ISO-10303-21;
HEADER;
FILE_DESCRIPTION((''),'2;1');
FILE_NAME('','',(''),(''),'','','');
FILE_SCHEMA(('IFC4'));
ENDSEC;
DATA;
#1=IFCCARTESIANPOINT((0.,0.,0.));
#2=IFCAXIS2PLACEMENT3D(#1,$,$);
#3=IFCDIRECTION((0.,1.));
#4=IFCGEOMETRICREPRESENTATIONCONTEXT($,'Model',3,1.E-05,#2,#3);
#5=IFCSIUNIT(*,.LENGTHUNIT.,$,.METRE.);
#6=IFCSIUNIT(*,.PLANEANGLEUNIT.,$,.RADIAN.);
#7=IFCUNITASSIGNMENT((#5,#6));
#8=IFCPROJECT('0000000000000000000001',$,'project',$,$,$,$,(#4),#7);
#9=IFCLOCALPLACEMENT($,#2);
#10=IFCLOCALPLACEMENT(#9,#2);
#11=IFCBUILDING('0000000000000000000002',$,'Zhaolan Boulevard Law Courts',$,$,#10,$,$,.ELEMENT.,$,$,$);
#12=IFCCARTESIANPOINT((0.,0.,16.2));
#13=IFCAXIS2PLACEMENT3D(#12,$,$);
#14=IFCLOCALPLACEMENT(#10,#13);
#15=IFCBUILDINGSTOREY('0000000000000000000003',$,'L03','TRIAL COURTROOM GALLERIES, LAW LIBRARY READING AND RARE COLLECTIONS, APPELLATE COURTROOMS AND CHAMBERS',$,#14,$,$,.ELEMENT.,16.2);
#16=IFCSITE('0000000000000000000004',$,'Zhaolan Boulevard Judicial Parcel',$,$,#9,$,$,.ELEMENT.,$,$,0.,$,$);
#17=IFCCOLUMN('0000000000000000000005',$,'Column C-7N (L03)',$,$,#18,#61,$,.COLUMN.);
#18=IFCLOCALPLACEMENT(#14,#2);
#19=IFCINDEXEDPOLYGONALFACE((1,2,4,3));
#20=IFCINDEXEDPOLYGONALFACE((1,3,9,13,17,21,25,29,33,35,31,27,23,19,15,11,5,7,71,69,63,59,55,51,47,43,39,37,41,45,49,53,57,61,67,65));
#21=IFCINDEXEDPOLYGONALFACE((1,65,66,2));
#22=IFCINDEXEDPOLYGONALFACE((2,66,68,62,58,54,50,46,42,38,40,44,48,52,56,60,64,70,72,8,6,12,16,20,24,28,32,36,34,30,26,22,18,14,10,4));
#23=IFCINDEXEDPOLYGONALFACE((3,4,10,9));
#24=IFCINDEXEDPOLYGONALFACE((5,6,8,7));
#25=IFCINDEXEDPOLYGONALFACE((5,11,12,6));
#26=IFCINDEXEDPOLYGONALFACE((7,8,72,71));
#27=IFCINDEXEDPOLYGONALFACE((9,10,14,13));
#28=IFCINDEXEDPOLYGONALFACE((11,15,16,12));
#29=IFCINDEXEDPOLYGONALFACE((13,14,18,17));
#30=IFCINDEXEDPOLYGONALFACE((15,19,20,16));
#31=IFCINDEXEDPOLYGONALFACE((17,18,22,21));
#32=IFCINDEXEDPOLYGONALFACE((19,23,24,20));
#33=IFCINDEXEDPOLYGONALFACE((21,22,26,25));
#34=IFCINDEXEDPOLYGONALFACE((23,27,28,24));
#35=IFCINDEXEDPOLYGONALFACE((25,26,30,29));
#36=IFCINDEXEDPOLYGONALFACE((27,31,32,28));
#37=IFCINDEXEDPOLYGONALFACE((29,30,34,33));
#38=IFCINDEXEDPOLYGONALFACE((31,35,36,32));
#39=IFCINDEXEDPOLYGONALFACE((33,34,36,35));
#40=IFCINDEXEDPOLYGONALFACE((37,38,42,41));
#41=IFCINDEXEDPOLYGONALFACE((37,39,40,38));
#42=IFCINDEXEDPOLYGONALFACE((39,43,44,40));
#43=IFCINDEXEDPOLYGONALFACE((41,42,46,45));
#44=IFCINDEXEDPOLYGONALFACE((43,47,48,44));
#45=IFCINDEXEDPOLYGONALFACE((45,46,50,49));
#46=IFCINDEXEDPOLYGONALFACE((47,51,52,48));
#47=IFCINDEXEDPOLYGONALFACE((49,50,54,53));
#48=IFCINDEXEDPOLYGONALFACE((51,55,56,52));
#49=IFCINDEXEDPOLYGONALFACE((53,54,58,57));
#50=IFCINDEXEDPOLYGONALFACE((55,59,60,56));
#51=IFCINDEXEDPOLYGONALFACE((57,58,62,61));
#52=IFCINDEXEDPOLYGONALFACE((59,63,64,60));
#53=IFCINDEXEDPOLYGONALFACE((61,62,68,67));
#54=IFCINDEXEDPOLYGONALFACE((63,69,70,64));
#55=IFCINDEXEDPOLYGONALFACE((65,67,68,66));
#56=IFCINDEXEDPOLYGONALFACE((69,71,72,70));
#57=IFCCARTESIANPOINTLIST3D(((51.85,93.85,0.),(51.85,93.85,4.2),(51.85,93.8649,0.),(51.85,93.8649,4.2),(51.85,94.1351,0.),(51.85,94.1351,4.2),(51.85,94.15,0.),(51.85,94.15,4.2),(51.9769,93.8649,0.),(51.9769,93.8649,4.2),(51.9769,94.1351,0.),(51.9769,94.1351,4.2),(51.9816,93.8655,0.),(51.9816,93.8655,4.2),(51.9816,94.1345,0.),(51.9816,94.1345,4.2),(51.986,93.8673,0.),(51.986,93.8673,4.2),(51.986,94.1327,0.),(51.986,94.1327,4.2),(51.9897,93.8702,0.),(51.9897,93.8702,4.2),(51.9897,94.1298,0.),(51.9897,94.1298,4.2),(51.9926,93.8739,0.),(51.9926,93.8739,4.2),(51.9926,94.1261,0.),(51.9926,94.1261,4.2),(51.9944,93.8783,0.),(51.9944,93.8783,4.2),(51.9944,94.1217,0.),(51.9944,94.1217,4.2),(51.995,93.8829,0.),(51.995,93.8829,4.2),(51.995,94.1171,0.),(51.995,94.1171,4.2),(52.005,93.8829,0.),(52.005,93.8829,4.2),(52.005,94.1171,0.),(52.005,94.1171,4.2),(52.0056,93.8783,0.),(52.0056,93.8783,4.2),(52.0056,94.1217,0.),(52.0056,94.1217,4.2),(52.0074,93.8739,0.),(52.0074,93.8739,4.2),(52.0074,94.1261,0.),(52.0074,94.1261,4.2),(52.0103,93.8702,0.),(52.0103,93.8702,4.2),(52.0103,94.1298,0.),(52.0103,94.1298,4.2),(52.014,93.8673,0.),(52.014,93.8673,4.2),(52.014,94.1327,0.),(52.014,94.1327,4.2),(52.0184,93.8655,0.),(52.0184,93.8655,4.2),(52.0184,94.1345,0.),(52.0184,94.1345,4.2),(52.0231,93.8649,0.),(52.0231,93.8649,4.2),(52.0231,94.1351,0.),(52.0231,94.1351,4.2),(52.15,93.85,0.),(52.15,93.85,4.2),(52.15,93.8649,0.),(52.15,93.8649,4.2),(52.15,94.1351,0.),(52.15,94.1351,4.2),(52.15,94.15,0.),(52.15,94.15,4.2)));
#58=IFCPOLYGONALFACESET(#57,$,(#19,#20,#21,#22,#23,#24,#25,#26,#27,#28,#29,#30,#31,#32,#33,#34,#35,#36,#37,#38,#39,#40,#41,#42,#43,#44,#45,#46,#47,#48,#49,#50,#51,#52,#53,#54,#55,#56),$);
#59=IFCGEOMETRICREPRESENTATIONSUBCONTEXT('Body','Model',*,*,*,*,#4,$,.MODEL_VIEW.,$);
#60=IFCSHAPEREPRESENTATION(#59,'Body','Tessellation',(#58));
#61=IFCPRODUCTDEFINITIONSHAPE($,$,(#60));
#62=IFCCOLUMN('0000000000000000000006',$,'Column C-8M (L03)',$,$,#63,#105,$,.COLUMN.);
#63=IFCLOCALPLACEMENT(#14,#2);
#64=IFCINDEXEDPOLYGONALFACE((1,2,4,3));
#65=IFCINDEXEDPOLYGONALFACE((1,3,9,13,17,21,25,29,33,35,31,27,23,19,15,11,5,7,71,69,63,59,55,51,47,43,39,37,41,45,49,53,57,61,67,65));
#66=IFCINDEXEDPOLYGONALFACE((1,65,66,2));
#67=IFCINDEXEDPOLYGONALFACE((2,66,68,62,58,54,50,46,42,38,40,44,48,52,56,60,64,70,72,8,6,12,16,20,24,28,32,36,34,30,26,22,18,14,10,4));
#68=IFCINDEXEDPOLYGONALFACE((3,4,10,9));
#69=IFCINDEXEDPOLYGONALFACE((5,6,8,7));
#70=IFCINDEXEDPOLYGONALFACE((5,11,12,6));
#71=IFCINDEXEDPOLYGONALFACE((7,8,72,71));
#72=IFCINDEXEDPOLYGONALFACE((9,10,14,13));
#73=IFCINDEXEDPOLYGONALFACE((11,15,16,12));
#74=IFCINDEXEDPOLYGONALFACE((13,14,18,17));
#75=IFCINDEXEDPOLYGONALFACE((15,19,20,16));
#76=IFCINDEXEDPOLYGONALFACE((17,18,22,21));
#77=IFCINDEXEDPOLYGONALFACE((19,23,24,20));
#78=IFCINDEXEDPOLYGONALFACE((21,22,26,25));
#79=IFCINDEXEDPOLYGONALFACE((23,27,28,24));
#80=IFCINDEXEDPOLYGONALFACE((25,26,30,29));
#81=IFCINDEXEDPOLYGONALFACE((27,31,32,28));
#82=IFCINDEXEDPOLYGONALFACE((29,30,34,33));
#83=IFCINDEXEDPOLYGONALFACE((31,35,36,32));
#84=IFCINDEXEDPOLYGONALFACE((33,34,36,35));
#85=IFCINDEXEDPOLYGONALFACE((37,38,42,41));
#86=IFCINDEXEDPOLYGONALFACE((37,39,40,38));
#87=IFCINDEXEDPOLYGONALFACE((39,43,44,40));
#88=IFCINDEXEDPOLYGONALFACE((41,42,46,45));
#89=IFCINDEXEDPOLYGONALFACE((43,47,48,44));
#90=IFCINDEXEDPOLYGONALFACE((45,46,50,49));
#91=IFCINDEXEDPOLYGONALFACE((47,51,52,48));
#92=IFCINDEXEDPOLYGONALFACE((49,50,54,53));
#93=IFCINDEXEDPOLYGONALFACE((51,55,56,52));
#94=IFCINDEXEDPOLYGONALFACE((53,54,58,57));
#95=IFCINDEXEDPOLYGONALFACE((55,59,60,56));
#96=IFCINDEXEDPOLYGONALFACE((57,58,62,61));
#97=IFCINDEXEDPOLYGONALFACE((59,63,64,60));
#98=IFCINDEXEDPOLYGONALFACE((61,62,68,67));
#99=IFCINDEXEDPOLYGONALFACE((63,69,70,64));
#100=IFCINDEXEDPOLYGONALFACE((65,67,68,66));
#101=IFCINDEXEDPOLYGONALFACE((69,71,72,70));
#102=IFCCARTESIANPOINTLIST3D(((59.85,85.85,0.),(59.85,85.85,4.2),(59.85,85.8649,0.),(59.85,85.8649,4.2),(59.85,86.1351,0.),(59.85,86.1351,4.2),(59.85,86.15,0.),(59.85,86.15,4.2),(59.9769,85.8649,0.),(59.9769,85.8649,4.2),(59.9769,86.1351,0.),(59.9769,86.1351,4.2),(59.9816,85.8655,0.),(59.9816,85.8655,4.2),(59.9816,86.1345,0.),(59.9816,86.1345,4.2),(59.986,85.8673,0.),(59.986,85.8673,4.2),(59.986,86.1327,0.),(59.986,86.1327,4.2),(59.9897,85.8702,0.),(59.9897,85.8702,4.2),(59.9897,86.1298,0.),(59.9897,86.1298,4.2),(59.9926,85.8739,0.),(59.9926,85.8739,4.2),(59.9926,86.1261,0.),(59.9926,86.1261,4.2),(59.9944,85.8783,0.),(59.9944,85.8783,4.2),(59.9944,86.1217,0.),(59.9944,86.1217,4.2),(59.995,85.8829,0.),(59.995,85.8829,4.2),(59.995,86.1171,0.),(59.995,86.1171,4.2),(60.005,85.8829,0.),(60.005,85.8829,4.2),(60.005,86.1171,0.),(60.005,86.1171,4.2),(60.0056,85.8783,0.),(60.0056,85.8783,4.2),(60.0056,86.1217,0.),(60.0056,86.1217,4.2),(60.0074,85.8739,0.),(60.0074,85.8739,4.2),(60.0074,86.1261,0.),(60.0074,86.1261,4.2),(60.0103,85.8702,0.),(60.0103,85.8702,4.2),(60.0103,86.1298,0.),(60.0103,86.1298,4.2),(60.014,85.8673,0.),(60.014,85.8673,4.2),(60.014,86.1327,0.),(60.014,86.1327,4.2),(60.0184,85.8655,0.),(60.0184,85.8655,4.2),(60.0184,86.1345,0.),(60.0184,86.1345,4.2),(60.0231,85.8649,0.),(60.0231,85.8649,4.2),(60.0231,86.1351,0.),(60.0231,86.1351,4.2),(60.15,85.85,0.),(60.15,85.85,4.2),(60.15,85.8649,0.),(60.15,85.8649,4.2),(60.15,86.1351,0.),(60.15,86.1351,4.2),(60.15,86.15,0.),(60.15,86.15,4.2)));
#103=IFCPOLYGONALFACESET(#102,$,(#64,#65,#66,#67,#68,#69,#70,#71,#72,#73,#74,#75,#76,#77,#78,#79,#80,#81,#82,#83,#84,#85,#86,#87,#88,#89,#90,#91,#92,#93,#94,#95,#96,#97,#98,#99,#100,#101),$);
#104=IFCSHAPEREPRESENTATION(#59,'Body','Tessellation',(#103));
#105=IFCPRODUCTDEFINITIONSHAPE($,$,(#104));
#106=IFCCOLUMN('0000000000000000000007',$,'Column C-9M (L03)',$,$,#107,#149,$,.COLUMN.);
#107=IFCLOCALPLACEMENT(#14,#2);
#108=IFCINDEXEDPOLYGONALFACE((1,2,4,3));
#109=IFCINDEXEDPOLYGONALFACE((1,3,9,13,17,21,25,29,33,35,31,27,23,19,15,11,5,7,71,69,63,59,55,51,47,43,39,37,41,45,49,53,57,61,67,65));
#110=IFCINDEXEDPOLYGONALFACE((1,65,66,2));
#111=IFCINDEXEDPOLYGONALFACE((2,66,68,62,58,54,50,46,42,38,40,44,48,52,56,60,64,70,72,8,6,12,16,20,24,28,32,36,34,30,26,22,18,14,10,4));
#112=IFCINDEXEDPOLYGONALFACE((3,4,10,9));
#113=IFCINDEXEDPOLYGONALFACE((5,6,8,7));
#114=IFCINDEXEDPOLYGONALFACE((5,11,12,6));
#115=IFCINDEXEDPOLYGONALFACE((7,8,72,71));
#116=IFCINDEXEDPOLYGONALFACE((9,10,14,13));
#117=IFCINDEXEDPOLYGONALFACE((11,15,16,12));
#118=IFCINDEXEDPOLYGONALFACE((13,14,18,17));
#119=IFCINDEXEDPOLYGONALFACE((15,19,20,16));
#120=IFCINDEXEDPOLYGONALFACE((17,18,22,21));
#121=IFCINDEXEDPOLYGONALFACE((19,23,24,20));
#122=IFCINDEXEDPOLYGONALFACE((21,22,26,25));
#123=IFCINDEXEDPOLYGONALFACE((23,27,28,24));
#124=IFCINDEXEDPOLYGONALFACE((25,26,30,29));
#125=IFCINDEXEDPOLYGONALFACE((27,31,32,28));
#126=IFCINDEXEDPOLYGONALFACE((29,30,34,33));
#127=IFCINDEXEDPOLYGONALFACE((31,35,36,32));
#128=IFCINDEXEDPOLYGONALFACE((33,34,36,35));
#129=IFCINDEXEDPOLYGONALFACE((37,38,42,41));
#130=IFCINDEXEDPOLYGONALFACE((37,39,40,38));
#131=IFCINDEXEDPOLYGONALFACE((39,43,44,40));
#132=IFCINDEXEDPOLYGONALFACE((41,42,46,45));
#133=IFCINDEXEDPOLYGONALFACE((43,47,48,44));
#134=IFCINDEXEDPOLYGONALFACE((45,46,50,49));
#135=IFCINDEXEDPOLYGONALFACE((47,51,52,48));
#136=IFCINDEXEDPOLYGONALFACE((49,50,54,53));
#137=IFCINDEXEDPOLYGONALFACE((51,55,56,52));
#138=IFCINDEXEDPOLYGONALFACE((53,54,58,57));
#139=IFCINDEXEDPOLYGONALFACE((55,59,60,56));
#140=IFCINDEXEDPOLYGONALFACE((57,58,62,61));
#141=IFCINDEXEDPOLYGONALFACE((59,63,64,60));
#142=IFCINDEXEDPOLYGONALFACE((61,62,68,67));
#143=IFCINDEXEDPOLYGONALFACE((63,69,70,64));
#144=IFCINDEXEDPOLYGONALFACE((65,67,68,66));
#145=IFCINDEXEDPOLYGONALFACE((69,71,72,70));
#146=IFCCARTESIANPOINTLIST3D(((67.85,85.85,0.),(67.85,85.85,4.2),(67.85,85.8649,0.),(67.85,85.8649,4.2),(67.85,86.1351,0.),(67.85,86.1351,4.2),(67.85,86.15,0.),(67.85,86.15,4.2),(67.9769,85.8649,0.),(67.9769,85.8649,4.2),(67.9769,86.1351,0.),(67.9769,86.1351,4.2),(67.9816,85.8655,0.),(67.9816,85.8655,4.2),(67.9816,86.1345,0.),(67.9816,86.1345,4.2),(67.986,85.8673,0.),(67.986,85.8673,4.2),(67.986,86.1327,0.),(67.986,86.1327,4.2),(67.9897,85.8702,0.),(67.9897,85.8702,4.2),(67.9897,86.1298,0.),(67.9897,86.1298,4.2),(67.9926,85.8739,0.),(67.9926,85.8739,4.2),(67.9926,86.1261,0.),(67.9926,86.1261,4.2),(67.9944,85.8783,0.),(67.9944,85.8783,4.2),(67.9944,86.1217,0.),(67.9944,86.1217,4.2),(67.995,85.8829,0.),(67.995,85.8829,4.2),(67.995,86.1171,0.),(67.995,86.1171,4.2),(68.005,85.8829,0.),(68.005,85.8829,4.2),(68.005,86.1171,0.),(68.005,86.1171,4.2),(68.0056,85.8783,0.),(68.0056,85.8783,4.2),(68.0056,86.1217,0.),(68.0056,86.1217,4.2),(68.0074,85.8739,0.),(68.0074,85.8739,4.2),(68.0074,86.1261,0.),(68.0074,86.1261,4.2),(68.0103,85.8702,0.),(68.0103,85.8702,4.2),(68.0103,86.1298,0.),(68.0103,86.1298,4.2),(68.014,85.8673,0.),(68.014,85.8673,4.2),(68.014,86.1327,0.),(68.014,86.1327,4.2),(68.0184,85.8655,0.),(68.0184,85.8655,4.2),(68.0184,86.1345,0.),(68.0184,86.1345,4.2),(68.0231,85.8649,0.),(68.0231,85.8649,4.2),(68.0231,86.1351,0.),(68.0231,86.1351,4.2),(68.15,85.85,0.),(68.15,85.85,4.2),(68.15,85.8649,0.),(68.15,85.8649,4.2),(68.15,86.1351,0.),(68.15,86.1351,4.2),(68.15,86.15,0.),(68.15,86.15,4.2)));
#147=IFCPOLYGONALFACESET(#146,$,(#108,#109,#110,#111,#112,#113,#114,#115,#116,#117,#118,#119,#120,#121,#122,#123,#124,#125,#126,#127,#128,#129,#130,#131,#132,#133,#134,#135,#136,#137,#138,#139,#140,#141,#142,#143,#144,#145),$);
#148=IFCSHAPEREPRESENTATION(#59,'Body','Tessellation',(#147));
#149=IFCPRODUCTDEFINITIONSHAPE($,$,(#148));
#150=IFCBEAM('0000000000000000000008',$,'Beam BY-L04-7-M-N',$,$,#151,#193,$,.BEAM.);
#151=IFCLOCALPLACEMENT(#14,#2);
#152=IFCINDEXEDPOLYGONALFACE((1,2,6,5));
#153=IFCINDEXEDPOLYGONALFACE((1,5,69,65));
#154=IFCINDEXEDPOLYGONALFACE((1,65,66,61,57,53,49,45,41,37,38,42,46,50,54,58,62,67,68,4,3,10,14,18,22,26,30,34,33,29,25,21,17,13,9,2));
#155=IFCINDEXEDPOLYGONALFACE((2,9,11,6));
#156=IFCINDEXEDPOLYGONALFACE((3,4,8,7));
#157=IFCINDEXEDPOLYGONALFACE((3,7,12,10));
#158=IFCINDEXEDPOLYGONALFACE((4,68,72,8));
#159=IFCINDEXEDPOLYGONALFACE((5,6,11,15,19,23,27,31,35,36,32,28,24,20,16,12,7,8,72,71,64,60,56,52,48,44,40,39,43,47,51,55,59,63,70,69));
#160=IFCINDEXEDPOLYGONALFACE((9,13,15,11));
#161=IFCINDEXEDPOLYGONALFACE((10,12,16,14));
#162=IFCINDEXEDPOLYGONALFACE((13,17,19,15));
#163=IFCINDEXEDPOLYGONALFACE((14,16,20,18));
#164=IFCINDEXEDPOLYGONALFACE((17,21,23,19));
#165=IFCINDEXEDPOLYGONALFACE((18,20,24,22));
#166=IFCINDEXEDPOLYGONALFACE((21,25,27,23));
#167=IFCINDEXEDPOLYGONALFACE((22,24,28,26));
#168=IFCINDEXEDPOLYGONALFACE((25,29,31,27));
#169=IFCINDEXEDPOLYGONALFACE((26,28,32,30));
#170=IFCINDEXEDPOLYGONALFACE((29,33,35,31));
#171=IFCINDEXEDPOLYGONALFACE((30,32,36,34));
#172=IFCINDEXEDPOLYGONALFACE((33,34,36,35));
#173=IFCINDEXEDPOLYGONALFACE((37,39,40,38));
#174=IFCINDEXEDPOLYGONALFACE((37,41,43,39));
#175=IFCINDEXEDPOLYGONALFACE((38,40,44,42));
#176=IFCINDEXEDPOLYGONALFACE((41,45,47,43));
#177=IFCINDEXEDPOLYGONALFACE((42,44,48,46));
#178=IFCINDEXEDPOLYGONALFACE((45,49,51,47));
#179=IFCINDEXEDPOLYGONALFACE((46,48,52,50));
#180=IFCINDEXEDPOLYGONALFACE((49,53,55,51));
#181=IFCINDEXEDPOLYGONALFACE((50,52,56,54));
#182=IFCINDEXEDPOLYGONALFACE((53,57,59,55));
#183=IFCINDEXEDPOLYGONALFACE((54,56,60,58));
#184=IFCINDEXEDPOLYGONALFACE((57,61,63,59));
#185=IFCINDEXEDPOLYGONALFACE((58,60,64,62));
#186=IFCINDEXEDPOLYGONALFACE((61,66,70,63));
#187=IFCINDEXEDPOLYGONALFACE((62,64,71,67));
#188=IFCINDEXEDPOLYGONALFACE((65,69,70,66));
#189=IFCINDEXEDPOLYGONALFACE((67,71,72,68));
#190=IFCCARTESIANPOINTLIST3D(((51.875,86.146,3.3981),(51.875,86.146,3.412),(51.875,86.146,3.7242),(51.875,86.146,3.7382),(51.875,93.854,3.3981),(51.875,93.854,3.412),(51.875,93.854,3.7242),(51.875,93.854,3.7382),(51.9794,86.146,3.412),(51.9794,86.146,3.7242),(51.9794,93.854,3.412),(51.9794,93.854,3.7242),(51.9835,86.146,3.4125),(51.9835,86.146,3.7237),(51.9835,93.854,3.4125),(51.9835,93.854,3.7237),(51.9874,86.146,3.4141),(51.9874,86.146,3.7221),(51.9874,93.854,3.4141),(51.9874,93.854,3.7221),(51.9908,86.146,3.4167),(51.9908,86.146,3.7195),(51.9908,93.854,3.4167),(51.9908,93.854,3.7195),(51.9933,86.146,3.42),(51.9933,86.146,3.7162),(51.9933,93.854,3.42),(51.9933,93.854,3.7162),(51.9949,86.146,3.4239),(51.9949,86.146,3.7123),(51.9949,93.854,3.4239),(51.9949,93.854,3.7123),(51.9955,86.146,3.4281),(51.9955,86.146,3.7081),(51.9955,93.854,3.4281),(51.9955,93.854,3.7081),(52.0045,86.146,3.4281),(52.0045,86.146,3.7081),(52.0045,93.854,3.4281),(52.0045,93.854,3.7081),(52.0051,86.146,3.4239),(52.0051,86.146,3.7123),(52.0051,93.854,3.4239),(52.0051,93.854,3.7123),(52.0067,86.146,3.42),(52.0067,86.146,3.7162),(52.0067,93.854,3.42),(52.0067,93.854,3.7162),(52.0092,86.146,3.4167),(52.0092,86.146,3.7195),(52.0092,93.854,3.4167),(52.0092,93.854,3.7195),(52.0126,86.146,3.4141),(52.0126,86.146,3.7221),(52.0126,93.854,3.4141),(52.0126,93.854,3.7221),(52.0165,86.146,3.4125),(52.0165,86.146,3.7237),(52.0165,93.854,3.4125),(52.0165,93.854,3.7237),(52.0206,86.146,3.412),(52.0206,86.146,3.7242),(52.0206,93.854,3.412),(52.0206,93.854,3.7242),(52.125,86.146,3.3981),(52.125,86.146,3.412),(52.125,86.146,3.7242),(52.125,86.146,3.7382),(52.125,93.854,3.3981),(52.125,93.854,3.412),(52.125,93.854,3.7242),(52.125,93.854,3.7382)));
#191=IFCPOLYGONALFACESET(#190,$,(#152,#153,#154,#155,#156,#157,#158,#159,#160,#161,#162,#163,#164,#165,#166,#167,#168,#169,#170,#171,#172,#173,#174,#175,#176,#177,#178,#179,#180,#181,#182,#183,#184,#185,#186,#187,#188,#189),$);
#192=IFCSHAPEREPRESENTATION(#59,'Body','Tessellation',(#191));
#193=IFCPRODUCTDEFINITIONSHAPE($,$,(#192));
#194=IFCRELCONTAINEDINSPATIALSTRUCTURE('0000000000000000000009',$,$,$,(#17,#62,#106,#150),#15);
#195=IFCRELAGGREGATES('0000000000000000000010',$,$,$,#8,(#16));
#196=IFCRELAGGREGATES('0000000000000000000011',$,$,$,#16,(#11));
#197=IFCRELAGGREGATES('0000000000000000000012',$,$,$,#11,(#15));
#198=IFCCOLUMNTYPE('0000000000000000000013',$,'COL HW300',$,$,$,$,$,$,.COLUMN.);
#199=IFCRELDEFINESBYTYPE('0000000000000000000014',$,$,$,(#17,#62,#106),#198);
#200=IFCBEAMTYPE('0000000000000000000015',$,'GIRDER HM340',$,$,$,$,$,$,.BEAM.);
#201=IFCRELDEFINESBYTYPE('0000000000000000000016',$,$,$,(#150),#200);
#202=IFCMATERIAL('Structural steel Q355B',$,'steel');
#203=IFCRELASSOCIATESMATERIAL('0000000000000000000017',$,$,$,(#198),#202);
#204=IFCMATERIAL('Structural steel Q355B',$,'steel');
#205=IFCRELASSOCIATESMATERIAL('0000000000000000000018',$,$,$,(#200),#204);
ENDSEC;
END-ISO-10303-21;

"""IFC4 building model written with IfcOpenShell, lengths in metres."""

from ifc_helpers import new_model, si_unit, direction, frame, origin, origin_2d, place, context, subcontext, project, spatial, i_section, extrude, material, material_profile, profile_set, type_object, element, save


model = new_model("IFC4")

# Units and contexts
model_context = context("Model", 3, precision=1e-05, world=origin(), true_north=direction((0.0, 1.0)))
body_context = subcontext(model_context, "Body", "Model", "MODEL_VIEW")
ifc_project = project(units=[si_unit("LENGTHUNIT", "METRE"), si_unit("PLANEANGLEUNIT", "RADIAN")], contexts=[model_context])

# Site, building, storey
site_placement = place(None, origin())
site = spatial("IfcSite", under=ifc_project, at=site_placement, Name="Zhaolan Boulevard Judicial Parcel", CompositionType="ELEMENT", RefElevation=0.0)
building_placement = place(site_placement, origin())
building = spatial("IfcBuilding", under=site, at=building_placement, Name="Zhaolan Boulevard Law Courts", CompositionType="ELEMENT")
storey_placement = place(building_placement, frame((0.0, 0.0, 16.2)))
storey = spatial("IfcBuildingStorey", under=building, at=storey_placement, Name="L03", Description="TRIAL COURTROOM GALLERIES, LAW LIBRARY READING AND RARE COLLECTIONS, APPELLATE COURTROOMS AND CHAMBERS", CompositionType="ELEMENT", Elevation=16.2)

# Columns
ifc_material_1 = material(Name="Structural steel Q355B", Category="steel")
ifc_material_profile_1 = material_profile(ifc_material_1, i_section(OverallWidth=0.3, OverallDepth=0.3, WebThickness=0.01, FlangeThickness=0.0149, FilletRadius=0.0181, at=origin_2d()), Name="HW300x300")
ifc_profile_set_1 = profile_set([ifc_material_profile_1], Name="Structural steel Q355B")
column_type = type_object("IfcColumnType", Name="COL HW300", PredefinedType="COLUMN", material=ifc_profile_set_1)
for number, where, z_axis, x_axis, name in (
    (1, (52.0, 94.0, 0.0), (0.0, 0.0, 1.0), (1.0, 0.0, 0.0), "Column C-7N (L03)"),
    (2, (60.0, 86.0, 0.0), (0.0, 0.0, 1.0), (1.0, 0.0, 0.0), "Column C-8M (L03)"),
    (3, (68.0, 86.0, 0.0), (0.0, 0.0, 1.0), (1.0, 0.0, 0.0), "Column C-9M (L03)"),
):
    element("IfcColumn", number, at=place(storey_placement, frame(where, z_axis=z_axis, x_axis=x_axis)), inside=storey, type_object=column_type, Name=name, PredefinedType="COLUMN", context=body_context, shape_type="SweptSolid", body=[
        extrude(i_section(OverallWidth=0.3, OverallDepth=0.3, WebThickness=0.01, FlangeThickness=0.0149, FilletRadius=0.0181, at=origin_2d()), origin(), (0.0, 0.0, 1.0), 4.2),
    ])

# Beam
ifc_material_2 = material(Name="Structural steel Q355B", Category="steel")
ifc_material_profile_2 = material_profile(ifc_material_2, i_section(OverallWidth=0.25, OverallDepth=0.3401, WebThickness=0.009, FlangeThickness=0.0139, FilletRadius=0.0161, at=origin_2d()), Name="HM340x250")
ifc_profile_set_2 = profile_set([ifc_material_profile_2], Name="Structural steel Q355B")
beam_type_1 = type_object("IfcBeamType", Name="GIRDER HM340", PredefinedType="BEAM", material=ifc_profile_set_2)
for number, where, z_axis, x_axis, name in (
    (4, (52.0, 86.146, 3.5681), (0.0, 1.0, 0.0), (-1.0, 0.0, 0.0), "Beam BY-L04-7-M-N"),
):
    element("IfcBeam", number, at=place(storey_placement, frame(where, z_axis=z_axis, x_axis=x_axis)), inside=storey, type_object=beam_type_1, Name=name, PredefinedType="BEAM", context=body_context, shape_type="SweptSolid", body=[
        extrude(i_section(OverallWidth=0.25, OverallDepth=0.3401, WebThickness=0.009, FlangeThickness=0.0139, FilletRadius=0.0161, at=origin_2d()), origin(), (0.0, 0.0, 1.0), 7.708),
    ])

save(model, "model.ifc")
